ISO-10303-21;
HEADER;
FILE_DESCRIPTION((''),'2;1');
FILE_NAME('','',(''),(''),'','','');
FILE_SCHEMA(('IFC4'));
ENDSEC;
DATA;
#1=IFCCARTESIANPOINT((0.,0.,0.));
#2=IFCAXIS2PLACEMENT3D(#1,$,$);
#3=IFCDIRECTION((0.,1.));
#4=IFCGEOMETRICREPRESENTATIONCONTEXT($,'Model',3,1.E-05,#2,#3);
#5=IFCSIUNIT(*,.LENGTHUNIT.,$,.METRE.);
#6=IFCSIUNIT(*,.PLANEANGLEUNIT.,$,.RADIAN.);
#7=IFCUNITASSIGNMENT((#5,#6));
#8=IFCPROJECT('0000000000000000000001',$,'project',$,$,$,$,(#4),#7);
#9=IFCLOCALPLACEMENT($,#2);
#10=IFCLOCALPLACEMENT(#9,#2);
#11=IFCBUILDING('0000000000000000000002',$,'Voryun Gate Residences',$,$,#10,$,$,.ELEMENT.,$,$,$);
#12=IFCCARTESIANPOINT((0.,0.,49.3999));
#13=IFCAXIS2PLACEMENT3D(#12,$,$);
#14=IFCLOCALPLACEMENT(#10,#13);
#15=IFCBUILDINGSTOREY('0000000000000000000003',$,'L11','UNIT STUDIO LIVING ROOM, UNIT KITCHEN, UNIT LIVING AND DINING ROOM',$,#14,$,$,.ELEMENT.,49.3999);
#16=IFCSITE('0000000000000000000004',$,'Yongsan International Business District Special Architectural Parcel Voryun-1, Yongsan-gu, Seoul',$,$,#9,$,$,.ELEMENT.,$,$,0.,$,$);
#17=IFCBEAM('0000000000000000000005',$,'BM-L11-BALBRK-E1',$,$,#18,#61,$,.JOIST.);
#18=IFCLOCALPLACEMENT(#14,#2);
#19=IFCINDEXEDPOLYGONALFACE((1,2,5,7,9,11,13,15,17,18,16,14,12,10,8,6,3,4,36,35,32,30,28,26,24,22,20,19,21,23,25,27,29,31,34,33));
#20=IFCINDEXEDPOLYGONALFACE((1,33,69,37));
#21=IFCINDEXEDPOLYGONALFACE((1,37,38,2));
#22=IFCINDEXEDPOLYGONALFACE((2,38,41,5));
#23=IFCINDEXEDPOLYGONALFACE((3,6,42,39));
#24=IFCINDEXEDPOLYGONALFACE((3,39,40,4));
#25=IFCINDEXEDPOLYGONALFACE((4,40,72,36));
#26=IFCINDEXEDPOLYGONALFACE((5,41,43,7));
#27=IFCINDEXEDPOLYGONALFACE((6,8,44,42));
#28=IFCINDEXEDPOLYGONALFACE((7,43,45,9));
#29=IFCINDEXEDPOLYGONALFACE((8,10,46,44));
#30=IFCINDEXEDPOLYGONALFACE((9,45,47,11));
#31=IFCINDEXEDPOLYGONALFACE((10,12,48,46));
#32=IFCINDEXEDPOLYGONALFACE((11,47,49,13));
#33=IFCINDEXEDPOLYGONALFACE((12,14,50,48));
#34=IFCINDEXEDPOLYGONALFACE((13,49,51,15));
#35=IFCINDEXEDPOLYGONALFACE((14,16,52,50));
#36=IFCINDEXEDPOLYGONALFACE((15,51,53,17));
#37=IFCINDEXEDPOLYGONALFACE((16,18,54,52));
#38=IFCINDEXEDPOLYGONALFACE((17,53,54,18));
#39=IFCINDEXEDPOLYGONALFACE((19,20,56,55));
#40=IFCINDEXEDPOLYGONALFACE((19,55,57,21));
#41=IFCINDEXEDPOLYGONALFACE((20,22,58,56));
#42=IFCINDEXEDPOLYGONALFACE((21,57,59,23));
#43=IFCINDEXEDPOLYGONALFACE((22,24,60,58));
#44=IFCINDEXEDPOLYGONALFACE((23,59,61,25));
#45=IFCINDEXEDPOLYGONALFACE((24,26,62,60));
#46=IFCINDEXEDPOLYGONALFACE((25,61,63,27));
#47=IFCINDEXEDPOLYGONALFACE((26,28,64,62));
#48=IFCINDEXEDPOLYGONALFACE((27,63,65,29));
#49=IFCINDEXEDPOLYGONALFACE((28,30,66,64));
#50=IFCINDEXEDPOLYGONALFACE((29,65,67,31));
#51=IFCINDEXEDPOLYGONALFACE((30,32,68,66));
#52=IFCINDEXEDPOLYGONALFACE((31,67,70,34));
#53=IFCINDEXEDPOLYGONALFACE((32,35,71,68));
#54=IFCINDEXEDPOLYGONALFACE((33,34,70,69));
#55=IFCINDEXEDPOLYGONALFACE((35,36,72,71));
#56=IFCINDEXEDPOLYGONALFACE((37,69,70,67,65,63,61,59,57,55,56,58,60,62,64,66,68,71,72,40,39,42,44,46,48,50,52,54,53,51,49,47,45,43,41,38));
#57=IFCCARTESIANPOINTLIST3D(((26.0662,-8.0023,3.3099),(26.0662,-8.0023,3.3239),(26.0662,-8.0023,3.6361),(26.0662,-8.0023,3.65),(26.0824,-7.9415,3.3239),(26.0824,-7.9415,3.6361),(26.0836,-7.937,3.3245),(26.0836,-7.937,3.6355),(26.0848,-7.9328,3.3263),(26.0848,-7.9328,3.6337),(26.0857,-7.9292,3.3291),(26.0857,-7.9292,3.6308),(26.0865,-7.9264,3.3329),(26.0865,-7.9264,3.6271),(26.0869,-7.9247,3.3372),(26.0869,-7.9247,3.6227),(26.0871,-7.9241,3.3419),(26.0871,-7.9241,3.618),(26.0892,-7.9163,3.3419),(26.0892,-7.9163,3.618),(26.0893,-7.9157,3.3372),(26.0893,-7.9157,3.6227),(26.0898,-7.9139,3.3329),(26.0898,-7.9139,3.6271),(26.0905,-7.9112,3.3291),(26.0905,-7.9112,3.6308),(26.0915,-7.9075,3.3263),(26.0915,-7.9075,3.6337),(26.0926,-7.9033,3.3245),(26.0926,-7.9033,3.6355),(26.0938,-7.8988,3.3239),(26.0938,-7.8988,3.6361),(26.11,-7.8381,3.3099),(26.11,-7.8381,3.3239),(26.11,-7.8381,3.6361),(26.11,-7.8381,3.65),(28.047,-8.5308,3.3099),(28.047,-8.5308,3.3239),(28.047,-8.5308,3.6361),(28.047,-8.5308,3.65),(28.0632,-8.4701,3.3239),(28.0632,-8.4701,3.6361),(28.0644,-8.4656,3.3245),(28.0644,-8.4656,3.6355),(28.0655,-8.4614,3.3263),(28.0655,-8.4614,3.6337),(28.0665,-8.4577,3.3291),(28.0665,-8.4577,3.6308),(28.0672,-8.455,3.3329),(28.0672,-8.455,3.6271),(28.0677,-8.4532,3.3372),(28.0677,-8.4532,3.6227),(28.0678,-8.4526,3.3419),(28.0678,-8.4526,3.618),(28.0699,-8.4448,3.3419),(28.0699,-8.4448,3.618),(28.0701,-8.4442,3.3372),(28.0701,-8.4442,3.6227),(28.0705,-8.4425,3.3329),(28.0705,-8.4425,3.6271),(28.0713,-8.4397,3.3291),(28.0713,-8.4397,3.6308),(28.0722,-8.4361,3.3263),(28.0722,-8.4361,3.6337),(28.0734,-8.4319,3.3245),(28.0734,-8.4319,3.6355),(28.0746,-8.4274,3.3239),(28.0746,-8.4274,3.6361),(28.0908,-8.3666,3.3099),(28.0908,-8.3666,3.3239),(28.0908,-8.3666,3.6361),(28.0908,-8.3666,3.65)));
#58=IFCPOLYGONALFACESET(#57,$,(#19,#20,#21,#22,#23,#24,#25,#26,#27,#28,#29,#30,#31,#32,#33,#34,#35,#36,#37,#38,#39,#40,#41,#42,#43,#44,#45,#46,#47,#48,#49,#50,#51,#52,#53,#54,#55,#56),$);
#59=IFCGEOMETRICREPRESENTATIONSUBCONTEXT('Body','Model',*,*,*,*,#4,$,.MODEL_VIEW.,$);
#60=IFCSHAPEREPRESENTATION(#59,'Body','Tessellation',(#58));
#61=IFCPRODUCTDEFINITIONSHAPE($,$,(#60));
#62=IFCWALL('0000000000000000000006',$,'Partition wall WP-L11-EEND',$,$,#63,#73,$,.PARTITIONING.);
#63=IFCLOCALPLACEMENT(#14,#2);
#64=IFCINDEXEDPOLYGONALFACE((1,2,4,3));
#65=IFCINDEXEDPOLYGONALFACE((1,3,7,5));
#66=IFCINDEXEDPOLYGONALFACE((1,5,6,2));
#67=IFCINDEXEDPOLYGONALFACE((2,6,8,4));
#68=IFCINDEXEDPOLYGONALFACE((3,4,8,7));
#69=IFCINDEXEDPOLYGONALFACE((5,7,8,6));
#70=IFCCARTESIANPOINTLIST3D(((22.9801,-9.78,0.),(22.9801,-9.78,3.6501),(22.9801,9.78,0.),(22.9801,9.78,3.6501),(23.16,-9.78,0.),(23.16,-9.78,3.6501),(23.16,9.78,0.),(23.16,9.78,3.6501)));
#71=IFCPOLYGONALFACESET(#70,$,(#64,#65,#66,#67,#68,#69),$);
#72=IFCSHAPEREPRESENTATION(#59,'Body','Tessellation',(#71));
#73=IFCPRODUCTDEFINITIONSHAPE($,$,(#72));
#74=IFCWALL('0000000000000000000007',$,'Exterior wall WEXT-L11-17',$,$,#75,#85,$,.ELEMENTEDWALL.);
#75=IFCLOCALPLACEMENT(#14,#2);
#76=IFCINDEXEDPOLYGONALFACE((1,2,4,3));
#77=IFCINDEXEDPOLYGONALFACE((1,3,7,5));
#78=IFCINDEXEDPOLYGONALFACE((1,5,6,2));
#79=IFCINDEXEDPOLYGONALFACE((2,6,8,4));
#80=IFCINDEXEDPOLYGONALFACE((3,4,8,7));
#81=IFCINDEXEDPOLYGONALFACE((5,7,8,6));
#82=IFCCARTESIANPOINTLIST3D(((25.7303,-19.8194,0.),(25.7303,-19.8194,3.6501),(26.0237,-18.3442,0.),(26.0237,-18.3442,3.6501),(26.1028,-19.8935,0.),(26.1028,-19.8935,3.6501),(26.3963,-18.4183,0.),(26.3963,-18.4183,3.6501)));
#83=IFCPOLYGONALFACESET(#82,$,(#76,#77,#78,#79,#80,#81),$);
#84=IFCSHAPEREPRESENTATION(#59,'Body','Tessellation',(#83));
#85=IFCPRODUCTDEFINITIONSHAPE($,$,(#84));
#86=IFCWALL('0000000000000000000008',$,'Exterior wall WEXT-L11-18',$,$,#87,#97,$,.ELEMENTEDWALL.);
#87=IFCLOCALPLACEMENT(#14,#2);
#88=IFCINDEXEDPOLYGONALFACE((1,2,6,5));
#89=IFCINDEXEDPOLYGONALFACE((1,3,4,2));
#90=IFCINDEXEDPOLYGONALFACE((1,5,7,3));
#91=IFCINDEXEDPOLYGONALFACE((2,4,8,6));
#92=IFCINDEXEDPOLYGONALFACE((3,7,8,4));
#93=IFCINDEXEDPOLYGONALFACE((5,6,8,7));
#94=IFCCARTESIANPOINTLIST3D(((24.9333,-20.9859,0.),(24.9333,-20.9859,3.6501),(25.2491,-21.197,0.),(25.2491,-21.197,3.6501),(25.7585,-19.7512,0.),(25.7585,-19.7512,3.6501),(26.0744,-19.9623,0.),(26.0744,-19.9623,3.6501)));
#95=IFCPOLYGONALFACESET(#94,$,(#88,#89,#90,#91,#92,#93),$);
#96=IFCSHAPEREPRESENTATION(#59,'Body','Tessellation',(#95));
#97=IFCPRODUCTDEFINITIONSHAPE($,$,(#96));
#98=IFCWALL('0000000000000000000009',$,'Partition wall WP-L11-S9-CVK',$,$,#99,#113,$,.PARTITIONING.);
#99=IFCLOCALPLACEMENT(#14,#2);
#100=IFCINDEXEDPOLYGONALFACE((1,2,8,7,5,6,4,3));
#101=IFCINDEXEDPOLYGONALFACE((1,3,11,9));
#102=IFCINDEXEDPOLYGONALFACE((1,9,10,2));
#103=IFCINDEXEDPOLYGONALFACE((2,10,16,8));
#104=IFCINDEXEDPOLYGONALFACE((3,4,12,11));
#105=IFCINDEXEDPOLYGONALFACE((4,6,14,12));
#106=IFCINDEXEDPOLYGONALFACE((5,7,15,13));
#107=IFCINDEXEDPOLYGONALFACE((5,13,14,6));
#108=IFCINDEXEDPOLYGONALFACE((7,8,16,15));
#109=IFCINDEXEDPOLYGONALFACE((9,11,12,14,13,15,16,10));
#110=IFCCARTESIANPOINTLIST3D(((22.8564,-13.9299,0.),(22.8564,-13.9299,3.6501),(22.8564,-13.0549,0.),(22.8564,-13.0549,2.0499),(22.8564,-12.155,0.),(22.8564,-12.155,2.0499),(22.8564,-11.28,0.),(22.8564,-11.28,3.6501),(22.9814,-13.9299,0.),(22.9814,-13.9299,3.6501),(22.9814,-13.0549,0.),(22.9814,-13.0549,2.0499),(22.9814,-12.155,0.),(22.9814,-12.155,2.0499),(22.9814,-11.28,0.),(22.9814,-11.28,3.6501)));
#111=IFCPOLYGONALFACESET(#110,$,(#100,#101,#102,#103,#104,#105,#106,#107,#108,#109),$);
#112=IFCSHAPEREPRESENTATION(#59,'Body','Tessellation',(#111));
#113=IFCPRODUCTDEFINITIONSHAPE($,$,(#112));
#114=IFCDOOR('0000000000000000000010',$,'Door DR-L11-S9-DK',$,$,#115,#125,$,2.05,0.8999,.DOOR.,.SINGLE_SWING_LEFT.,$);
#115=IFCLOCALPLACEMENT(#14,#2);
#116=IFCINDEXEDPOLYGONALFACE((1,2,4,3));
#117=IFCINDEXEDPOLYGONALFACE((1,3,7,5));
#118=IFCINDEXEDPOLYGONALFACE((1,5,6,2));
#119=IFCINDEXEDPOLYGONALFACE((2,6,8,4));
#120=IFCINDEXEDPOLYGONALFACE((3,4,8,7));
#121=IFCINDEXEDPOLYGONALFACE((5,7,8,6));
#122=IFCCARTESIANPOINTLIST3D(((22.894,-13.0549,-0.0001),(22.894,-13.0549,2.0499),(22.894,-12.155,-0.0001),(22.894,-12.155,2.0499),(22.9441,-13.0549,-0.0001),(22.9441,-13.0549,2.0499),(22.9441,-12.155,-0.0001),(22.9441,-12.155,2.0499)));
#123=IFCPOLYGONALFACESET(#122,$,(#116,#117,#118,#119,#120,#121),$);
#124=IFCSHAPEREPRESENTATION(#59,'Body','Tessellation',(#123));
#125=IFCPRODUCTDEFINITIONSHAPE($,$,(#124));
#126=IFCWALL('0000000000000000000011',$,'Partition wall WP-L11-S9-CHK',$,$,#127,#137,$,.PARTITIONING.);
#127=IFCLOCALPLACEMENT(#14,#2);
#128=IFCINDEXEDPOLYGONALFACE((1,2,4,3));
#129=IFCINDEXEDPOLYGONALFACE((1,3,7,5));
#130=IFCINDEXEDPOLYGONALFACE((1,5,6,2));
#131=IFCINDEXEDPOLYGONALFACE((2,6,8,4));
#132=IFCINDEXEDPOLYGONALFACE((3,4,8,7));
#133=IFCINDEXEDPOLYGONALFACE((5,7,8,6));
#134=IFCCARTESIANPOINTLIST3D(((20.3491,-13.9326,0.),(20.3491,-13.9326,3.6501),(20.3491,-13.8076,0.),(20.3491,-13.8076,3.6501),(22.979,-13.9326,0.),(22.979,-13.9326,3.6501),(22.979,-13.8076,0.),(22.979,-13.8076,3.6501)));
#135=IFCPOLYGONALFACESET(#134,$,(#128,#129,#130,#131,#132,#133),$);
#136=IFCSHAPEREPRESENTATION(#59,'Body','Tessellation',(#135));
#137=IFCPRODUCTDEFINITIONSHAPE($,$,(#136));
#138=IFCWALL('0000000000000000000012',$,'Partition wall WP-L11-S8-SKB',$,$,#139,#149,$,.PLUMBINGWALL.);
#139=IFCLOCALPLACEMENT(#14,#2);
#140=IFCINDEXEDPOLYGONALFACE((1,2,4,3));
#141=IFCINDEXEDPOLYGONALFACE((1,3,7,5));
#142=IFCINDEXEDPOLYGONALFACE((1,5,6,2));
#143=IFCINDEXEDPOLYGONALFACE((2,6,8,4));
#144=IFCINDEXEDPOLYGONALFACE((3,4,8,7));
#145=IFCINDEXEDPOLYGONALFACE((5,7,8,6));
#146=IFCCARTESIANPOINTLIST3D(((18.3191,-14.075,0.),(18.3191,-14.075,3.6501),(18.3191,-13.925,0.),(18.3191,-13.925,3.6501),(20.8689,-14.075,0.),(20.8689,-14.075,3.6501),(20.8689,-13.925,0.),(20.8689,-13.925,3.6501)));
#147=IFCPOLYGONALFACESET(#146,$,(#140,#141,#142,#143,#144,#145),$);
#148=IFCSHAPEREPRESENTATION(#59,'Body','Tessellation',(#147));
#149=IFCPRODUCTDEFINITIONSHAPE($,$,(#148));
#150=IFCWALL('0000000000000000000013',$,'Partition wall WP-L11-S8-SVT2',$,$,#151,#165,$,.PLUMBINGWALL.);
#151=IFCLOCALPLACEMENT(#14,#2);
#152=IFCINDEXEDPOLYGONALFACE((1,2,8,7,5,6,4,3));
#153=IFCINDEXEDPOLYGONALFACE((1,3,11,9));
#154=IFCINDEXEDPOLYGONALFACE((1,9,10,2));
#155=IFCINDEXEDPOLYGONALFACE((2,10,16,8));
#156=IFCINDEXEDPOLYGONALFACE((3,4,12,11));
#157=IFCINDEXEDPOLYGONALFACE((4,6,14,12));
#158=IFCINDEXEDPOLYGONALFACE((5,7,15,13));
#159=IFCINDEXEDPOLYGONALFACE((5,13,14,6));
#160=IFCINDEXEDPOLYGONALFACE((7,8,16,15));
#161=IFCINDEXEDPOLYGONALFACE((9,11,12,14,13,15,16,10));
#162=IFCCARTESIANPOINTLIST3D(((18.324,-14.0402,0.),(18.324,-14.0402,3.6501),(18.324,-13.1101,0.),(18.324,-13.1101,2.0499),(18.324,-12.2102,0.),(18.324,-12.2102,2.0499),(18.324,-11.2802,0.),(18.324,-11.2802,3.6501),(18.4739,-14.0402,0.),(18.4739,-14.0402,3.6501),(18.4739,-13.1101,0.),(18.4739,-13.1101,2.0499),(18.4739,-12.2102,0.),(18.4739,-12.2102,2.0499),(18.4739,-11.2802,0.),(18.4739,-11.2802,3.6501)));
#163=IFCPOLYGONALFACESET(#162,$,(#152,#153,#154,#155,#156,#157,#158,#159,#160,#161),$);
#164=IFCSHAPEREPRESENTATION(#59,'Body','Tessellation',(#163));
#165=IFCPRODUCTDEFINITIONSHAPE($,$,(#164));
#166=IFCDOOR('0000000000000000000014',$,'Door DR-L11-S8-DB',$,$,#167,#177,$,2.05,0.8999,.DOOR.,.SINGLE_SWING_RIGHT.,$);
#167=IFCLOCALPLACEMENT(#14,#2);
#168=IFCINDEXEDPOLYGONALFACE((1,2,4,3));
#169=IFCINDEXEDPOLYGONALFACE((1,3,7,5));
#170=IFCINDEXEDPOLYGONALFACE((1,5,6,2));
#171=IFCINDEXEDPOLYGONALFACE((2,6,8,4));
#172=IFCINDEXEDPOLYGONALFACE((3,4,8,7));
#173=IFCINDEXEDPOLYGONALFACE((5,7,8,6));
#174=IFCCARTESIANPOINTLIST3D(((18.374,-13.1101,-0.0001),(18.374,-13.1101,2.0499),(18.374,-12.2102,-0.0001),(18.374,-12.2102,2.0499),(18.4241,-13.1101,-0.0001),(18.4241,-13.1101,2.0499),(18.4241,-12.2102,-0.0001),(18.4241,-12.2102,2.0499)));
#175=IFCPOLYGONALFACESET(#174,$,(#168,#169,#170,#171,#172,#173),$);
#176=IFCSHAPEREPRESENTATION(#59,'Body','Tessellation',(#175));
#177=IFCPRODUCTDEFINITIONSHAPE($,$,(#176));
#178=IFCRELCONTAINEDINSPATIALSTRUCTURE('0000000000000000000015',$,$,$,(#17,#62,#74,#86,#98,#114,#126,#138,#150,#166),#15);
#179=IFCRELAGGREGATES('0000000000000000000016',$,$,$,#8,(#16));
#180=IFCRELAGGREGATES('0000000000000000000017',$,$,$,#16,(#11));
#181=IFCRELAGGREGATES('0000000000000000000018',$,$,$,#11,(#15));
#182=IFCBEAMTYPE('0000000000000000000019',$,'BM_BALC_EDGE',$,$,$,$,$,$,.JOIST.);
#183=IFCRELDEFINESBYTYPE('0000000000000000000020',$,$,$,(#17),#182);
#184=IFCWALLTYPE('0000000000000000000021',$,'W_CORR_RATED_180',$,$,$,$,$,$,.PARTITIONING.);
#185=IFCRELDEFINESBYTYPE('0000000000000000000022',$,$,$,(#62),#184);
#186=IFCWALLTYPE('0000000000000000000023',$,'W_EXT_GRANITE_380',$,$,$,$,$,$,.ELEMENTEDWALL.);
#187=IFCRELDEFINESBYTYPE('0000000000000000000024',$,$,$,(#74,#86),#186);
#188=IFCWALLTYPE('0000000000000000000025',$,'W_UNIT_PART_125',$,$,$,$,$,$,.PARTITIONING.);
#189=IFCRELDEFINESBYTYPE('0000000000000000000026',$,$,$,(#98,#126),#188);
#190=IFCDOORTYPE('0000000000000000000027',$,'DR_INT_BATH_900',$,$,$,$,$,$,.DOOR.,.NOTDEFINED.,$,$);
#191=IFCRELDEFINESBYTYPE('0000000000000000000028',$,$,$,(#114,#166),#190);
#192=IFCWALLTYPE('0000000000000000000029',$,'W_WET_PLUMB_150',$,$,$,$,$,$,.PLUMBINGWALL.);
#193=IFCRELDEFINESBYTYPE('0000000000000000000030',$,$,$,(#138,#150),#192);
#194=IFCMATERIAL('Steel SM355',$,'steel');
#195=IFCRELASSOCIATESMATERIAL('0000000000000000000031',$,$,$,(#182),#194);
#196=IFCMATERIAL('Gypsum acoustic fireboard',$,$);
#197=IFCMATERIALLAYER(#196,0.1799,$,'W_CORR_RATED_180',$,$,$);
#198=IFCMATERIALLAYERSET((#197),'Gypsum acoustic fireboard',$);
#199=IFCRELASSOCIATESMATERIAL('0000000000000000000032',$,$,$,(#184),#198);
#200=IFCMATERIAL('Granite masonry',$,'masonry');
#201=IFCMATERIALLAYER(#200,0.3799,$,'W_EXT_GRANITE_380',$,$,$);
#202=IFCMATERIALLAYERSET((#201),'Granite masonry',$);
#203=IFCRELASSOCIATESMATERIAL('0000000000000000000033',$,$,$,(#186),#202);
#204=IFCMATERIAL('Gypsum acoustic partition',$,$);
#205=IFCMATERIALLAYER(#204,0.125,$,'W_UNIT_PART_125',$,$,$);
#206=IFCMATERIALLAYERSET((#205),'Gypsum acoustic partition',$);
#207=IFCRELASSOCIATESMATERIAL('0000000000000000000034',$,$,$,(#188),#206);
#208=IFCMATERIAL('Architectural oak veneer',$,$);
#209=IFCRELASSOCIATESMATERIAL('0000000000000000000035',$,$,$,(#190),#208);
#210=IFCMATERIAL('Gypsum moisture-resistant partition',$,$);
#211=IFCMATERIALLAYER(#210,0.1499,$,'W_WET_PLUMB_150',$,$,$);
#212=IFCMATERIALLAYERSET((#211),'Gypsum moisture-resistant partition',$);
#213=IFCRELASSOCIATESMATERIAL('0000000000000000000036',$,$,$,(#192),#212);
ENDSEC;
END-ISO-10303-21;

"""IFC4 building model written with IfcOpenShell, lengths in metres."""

from ifc_helpers import new_model, si_unit, direction, frame, frame_2d, origin, origin_2d, place, context, subcontext, project, spatial, rectangle, i_section, extrude, material, layer, layer_set, material_profile, profile_set, type_object, element, fill, save


model = new_model("IFC4")

# Units and contexts
model_context = context("Model", 3, precision=1e-05, world=origin(), true_north=direction((0.0, 1.0)))
body_context = subcontext(model_context, "Body", "Model", "MODEL_VIEW")
ifc_project = project(units=[si_unit("LENGTHUNIT", "METRE"), si_unit("PLANEANGLEUNIT", "RADIAN")], contexts=[model_context])

# Site, building, storey
site_placement = place(None, origin())
site = spatial("IfcSite", under=ifc_project, at=site_placement, Name="Yongsan International Business District Special Architectural Parcel Voryun-1, Yongsan-gu, Seoul", CompositionType="ELEMENT", RefElevation=0.0)
building_placement = place(site_placement, origin())
building = spatial("IfcBuilding", under=site, at=building_placement, Name="Voryun Gate Residences", CompositionType="ELEMENT")
storey_placement = place(building_placement, frame((0.0, 0.0, 49.3999)))
storey = spatial("IfcBuildingStorey", under=building, at=storey_placement, Name="L11", Description="UNIT STUDIO LIVING ROOM, UNIT KITCHEN, UNIT LIVING AND DINING ROOM", CompositionType="ELEMENT", Elevation=49.3999)

# Beam
ifc_material_1 = material(Name="Steel SM355", Category="steel")
ifc_material_profile = material_profile(ifc_material_1, i_section(OverallWidth=0.1699, OverallDepth=0.3401, WebThickness=0.0081, FlangeThickness=0.0139, FilletRadius=0.0181, at=origin_2d()), Name="H-340x170x8x14")
ifc_profile_set = profile_set([ifc_material_profile], Name="Steel SM355")
beam_type = type_object("IfcBeamType", Name="BM_BALC_EDGE", PredefinedType="JOIST", material=ifc_profile_set)
beam_placement = place(storey_placement, frame((26.0881, -7.9202, 3.48), z_axis=(0.966189, -0.257833, 0.0), x_axis=(0.257833, 0.966189, 0.0)))
element("IfcBeam", 1, at=beam_placement, inside=storey, type_object=beam_type, Name="BM-L11-BALBRK-E1", PredefinedType="JOIST", context=body_context, shape_type="SweptSolid", body=[
    extrude(i_section(OverallWidth=0.1699, OverallDepth=0.3401, WebThickness=0.0081, FlangeThickness=0.0139, FilletRadius=0.0181, at=origin_2d()), origin(), (0.0, 0.0, 1.0), 2.05),
])

# Walls
ifc_material_2 = material(Name="Gypsum acoustic fireboard")
ifc_layer_1 = layer(ifc_material_2, 0.1799, Name="W_CORR_RATED_180")
ifc_layer_set_1 = layer_set([ifc_layer_1], Name="Gypsum acoustic fireboard")
wall_type_1 = type_object("IfcWallType", Name="W_CORR_RATED_180", PredefinedType="PARTITIONING", material=ifc_layer_set_1)
wall_1_placement = place(storey_placement, frame((23.0701, -9.78, 0.0), z_axis=(0.0, 0.0, 1.0), x_axis=(0.0, 1.0, 0.0)))
element("IfcWall", 2, at=wall_1_placement, inside=storey, type_object=wall_type_1, Name="Partition wall WP-L11-EEND", PredefinedType="PARTITIONING", context=body_context, shape_type="SweptSolid", body=[
    extrude(rectangle(XDim=19.5601, YDim=0.1799, at=frame_2d((9.78, 0.0))), origin(), (0.0, 0.0, 1.0), 3.6501),
])
ifc_material_3 = material(Name="Granite masonry", Category="masonry")
ifc_layer_2 = layer(ifc_material_3, 0.3799, Name="W_EXT_GRANITE_380")
ifc_layer_set_2 = layer_set([ifc_layer_2], Name="Granite masonry")
wall_type_2 = type_object("IfcWallType", Name="W_EXT_GRANITE_380", PredefinedType="ELEMENTEDWALL", material=ifc_layer_set_2)
wall_2_placement = place(storey_placement, frame((26.21, -18.3813, 0.0), z_axis=(0.0, 0.0, 1.0), x_axis=(-0.195086, -0.980786, 0.0)))
element("IfcWall", 3, at=wall_2_placement, inside=storey, type_object=wall_type_2, Name="Exterior wall WEXT-L11-17", PredefinedType="ELEMENTEDWALL", context=body_context, shape_type="SweptSolid", body=[
    extrude(rectangle(XDim=1.5042, YDim=0.3799, at=frame_2d((0.752, 0.0))), origin(), (0.0, 0.0, 1.0), 3.6501),
])
wall_3_placement = place(storey_placement, frame((25.9165, -19.8567, 0.0), z_axis=(0.0, 0.0, 1.0), x_axis=(-0.555686, -0.831392, 0.0)))
element("IfcWall", 4, at=wall_3_placement, inside=storey, type_object=wall_type_2, Name="Exterior wall WEXT-L11-18", PredefinedType="ELEMENTEDWALL", context=body_context, shape_type="SweptSolid", body=[
    extrude(rectangle(XDim=1.4851, YDim=0.3799, at=frame_2d((0.7427, 0.0))), origin(), (0.0, 0.0, 1.0), 3.6501),
])

# Wall, opening, door
ifc_material_4 = material(Name="Gypsum acoustic partition")
ifc_layer_3 = layer(ifc_material_4, 0.125, Name="W_UNIT_PART_125")
ifc_layer_set_3 = layer_set([ifc_layer_3], Name="Gypsum acoustic partition")
wall_type_3 = type_object("IfcWallType", Name="W_UNIT_PART_125", PredefinedType="PARTITIONING", material=ifc_layer_set_3)
wall_4_placement = place(storey_placement, frame((22.9189, -13.9299, 0.0), z_axis=(0.0, 0.0, 1.0), x_axis=(0.0, 1.0, 0.0)))
wall_4 = element("IfcWall", 5, at=wall_4_placement, inside=storey, type_object=wall_type_3, Name="Partition wall WP-L11-S9-CVK", PredefinedType="PARTITIONING", context=body_context, shape_type="SweptSolid", body=[
    extrude(rectangle(XDim=2.6499, YDim=0.125, at=frame_2d((1.325, 0.0))), origin(), (0.0, 0.0, 1.0), 3.6501),
])
opening_1_placement = place(wall_4_placement, frame((0.875, 0.0, 0.0)))
opening_1 = element("IfcOpeningElement", 6, at=opening_1_placement, cuts=wall_4, PredefinedType="OPENING", context=body_context, shape_type="SweptSolid", body=[
    extrude(rectangle(XDim=0.8999, YDim=2.05, at=frame_2d((0.45, 1.0249))), frame((0.0, 0.0725, 0.0), z_axis=(0.0, -1.0, 0.0), x_axis=(1.0, 0.0, 0.0)), (0.0, 0.0, 1.0), 0.145),
])
ifc_material_5 = material(Name="Architectural oak veneer")
door_type = type_object("IfcDoorType", Name="DR_INT_BATH_900", OperationType="NOTDEFINED", PredefinedType="DOOR", material=ifc_material_5)
door_1_placement = place(opening_1_placement, origin())
door_1 = element("IfcDoor", 7, at=door_1_placement, inside=storey, type_object=door_type, Name="Door DR-L11-S9-DK", OperationType="SINGLE_SWING_LEFT", OverallHeight=2.05, OverallWidth=0.8999, PredefinedType="DOOR", context=body_context, shape_type="SweptSolid", body=[
    extrude(rectangle(XDim=0.8999, YDim=2.05, at=frame_2d((0.45, 1.0249))), frame((0.0, 0.0249, 0.0), z_axis=(0.0, -1.0, 0.0), x_axis=(1.0, 0.0, 0.0)), (0.0, 0.0, 1.0), 0.05),
])
fill(opening_1, door_1)

# Walls
wall_5_placement = place(storey_placement, frame((20.3491, -13.8701, 0.0), z_axis=(0.0, 0.0, 1.0), x_axis=(1.0, 0.0, 0.0)))
element("IfcWall", 8, at=wall_5_placement, inside=storey, type_object=wall_type_3, Name="Partition wall WP-L11-S9-CHK", PredefinedType="PARTITIONING", context=body_context, shape_type="SweptSolid", body=[
    extrude(rectangle(XDim=2.6299, YDim=0.125, at=frame_2d((1.3149, 0.0))), origin(), (0.0, 0.0, 1.0), 3.6501),
])
ifc_material_6 = material(Name="Gypsum moisture-resistant partition")
ifc_layer_4 = layer(ifc_material_6, 0.1499, Name="W_WET_PLUMB_150")
ifc_layer_set_4 = layer_set([ifc_layer_4], Name="Gypsum moisture-resistant partition")
wall_type_4 = type_object("IfcWallType", Name="W_WET_PLUMB_150", PredefinedType="PLUMBINGWALL", material=ifc_layer_set_4)
wall_6_placement = place(storey_placement, frame((18.3191, -14.0, 0.0), z_axis=(0.0, 0.0, 1.0), x_axis=(1.0, 0.0, 0.0)))
element("IfcWall", 9, at=wall_6_placement, inside=storey, type_object=wall_type_4, Name="Partition wall WP-L11-S8-SKB", PredefinedType="PLUMBINGWALL", context=body_context, shape_type="SweptSolid", body=[
    extrude(rectangle(XDim=2.5498, YDim=0.1499, at=frame_2d((1.2749, 0.0))), origin(), (0.0, 0.0, 1.0), 3.6501),
])

# Wall, opening, door
wall_7_placement = place(storey_placement, frame((18.3989, -14.04, 0.0), z_axis=(0.0, 0.0, 1.0), x_axis=(0.0, 1.0, 0.0)))
wall_7 = element("IfcWall", 10, at=wall_7_placement, inside=storey, type_object=wall_type_4, Name="Partition wall WP-L11-S8-SVT2", PredefinedType="PLUMBINGWALL", context=body_context, shape_type="SweptSolid", body=[
    extrude(rectangle(XDim=2.76, YDim=0.1499, at=frame_2d((1.3799, 0.0))), origin(), (0.0, 0.0, 1.0), 3.6501),
])
opening_2_placement = place(wall_7_placement, frame((0.9299, 0.0, 0.0)))
opening_2 = element("IfcOpeningElement", 11, at=opening_2_placement, cuts=wall_7, PredefinedType="OPENING", context=body_context, shape_type="SweptSolid", body=[
    extrude(rectangle(XDim=0.8999, YDim=2.05, at=frame_2d((0.45, 1.0249))), frame((0.0, 0.085, 0.0), z_axis=(0.0, -1.0, 0.0), x_axis=(1.0, 0.0, 0.0)), (0.0, 0.0, 1.0), 0.1699),
])
door_2_placement = place(opening_2_placement, origin())
door_2 = element("IfcDoor", 12, at=door_2_placement, inside=storey, type_object=door_type, Name="Door DR-L11-S8-DB", OperationType="SINGLE_SWING_RIGHT", OverallHeight=2.05, OverallWidth=0.8999, PredefinedType="DOOR", context=body_context, shape_type="SweptSolid", body=[
    extrude(rectangle(XDim=0.8999, YDim=2.05, at=frame_2d((0.45, 1.0249))), frame((0.0, 0.0249, 0.0), z_axis=(0.0, -1.0, 0.0), x_axis=(1.0, 0.0, 0.0)), (0.0, 0.0, 1.0), 0.05),
])
fill(opening_2, door_2)

save(model, "model.ifc")
